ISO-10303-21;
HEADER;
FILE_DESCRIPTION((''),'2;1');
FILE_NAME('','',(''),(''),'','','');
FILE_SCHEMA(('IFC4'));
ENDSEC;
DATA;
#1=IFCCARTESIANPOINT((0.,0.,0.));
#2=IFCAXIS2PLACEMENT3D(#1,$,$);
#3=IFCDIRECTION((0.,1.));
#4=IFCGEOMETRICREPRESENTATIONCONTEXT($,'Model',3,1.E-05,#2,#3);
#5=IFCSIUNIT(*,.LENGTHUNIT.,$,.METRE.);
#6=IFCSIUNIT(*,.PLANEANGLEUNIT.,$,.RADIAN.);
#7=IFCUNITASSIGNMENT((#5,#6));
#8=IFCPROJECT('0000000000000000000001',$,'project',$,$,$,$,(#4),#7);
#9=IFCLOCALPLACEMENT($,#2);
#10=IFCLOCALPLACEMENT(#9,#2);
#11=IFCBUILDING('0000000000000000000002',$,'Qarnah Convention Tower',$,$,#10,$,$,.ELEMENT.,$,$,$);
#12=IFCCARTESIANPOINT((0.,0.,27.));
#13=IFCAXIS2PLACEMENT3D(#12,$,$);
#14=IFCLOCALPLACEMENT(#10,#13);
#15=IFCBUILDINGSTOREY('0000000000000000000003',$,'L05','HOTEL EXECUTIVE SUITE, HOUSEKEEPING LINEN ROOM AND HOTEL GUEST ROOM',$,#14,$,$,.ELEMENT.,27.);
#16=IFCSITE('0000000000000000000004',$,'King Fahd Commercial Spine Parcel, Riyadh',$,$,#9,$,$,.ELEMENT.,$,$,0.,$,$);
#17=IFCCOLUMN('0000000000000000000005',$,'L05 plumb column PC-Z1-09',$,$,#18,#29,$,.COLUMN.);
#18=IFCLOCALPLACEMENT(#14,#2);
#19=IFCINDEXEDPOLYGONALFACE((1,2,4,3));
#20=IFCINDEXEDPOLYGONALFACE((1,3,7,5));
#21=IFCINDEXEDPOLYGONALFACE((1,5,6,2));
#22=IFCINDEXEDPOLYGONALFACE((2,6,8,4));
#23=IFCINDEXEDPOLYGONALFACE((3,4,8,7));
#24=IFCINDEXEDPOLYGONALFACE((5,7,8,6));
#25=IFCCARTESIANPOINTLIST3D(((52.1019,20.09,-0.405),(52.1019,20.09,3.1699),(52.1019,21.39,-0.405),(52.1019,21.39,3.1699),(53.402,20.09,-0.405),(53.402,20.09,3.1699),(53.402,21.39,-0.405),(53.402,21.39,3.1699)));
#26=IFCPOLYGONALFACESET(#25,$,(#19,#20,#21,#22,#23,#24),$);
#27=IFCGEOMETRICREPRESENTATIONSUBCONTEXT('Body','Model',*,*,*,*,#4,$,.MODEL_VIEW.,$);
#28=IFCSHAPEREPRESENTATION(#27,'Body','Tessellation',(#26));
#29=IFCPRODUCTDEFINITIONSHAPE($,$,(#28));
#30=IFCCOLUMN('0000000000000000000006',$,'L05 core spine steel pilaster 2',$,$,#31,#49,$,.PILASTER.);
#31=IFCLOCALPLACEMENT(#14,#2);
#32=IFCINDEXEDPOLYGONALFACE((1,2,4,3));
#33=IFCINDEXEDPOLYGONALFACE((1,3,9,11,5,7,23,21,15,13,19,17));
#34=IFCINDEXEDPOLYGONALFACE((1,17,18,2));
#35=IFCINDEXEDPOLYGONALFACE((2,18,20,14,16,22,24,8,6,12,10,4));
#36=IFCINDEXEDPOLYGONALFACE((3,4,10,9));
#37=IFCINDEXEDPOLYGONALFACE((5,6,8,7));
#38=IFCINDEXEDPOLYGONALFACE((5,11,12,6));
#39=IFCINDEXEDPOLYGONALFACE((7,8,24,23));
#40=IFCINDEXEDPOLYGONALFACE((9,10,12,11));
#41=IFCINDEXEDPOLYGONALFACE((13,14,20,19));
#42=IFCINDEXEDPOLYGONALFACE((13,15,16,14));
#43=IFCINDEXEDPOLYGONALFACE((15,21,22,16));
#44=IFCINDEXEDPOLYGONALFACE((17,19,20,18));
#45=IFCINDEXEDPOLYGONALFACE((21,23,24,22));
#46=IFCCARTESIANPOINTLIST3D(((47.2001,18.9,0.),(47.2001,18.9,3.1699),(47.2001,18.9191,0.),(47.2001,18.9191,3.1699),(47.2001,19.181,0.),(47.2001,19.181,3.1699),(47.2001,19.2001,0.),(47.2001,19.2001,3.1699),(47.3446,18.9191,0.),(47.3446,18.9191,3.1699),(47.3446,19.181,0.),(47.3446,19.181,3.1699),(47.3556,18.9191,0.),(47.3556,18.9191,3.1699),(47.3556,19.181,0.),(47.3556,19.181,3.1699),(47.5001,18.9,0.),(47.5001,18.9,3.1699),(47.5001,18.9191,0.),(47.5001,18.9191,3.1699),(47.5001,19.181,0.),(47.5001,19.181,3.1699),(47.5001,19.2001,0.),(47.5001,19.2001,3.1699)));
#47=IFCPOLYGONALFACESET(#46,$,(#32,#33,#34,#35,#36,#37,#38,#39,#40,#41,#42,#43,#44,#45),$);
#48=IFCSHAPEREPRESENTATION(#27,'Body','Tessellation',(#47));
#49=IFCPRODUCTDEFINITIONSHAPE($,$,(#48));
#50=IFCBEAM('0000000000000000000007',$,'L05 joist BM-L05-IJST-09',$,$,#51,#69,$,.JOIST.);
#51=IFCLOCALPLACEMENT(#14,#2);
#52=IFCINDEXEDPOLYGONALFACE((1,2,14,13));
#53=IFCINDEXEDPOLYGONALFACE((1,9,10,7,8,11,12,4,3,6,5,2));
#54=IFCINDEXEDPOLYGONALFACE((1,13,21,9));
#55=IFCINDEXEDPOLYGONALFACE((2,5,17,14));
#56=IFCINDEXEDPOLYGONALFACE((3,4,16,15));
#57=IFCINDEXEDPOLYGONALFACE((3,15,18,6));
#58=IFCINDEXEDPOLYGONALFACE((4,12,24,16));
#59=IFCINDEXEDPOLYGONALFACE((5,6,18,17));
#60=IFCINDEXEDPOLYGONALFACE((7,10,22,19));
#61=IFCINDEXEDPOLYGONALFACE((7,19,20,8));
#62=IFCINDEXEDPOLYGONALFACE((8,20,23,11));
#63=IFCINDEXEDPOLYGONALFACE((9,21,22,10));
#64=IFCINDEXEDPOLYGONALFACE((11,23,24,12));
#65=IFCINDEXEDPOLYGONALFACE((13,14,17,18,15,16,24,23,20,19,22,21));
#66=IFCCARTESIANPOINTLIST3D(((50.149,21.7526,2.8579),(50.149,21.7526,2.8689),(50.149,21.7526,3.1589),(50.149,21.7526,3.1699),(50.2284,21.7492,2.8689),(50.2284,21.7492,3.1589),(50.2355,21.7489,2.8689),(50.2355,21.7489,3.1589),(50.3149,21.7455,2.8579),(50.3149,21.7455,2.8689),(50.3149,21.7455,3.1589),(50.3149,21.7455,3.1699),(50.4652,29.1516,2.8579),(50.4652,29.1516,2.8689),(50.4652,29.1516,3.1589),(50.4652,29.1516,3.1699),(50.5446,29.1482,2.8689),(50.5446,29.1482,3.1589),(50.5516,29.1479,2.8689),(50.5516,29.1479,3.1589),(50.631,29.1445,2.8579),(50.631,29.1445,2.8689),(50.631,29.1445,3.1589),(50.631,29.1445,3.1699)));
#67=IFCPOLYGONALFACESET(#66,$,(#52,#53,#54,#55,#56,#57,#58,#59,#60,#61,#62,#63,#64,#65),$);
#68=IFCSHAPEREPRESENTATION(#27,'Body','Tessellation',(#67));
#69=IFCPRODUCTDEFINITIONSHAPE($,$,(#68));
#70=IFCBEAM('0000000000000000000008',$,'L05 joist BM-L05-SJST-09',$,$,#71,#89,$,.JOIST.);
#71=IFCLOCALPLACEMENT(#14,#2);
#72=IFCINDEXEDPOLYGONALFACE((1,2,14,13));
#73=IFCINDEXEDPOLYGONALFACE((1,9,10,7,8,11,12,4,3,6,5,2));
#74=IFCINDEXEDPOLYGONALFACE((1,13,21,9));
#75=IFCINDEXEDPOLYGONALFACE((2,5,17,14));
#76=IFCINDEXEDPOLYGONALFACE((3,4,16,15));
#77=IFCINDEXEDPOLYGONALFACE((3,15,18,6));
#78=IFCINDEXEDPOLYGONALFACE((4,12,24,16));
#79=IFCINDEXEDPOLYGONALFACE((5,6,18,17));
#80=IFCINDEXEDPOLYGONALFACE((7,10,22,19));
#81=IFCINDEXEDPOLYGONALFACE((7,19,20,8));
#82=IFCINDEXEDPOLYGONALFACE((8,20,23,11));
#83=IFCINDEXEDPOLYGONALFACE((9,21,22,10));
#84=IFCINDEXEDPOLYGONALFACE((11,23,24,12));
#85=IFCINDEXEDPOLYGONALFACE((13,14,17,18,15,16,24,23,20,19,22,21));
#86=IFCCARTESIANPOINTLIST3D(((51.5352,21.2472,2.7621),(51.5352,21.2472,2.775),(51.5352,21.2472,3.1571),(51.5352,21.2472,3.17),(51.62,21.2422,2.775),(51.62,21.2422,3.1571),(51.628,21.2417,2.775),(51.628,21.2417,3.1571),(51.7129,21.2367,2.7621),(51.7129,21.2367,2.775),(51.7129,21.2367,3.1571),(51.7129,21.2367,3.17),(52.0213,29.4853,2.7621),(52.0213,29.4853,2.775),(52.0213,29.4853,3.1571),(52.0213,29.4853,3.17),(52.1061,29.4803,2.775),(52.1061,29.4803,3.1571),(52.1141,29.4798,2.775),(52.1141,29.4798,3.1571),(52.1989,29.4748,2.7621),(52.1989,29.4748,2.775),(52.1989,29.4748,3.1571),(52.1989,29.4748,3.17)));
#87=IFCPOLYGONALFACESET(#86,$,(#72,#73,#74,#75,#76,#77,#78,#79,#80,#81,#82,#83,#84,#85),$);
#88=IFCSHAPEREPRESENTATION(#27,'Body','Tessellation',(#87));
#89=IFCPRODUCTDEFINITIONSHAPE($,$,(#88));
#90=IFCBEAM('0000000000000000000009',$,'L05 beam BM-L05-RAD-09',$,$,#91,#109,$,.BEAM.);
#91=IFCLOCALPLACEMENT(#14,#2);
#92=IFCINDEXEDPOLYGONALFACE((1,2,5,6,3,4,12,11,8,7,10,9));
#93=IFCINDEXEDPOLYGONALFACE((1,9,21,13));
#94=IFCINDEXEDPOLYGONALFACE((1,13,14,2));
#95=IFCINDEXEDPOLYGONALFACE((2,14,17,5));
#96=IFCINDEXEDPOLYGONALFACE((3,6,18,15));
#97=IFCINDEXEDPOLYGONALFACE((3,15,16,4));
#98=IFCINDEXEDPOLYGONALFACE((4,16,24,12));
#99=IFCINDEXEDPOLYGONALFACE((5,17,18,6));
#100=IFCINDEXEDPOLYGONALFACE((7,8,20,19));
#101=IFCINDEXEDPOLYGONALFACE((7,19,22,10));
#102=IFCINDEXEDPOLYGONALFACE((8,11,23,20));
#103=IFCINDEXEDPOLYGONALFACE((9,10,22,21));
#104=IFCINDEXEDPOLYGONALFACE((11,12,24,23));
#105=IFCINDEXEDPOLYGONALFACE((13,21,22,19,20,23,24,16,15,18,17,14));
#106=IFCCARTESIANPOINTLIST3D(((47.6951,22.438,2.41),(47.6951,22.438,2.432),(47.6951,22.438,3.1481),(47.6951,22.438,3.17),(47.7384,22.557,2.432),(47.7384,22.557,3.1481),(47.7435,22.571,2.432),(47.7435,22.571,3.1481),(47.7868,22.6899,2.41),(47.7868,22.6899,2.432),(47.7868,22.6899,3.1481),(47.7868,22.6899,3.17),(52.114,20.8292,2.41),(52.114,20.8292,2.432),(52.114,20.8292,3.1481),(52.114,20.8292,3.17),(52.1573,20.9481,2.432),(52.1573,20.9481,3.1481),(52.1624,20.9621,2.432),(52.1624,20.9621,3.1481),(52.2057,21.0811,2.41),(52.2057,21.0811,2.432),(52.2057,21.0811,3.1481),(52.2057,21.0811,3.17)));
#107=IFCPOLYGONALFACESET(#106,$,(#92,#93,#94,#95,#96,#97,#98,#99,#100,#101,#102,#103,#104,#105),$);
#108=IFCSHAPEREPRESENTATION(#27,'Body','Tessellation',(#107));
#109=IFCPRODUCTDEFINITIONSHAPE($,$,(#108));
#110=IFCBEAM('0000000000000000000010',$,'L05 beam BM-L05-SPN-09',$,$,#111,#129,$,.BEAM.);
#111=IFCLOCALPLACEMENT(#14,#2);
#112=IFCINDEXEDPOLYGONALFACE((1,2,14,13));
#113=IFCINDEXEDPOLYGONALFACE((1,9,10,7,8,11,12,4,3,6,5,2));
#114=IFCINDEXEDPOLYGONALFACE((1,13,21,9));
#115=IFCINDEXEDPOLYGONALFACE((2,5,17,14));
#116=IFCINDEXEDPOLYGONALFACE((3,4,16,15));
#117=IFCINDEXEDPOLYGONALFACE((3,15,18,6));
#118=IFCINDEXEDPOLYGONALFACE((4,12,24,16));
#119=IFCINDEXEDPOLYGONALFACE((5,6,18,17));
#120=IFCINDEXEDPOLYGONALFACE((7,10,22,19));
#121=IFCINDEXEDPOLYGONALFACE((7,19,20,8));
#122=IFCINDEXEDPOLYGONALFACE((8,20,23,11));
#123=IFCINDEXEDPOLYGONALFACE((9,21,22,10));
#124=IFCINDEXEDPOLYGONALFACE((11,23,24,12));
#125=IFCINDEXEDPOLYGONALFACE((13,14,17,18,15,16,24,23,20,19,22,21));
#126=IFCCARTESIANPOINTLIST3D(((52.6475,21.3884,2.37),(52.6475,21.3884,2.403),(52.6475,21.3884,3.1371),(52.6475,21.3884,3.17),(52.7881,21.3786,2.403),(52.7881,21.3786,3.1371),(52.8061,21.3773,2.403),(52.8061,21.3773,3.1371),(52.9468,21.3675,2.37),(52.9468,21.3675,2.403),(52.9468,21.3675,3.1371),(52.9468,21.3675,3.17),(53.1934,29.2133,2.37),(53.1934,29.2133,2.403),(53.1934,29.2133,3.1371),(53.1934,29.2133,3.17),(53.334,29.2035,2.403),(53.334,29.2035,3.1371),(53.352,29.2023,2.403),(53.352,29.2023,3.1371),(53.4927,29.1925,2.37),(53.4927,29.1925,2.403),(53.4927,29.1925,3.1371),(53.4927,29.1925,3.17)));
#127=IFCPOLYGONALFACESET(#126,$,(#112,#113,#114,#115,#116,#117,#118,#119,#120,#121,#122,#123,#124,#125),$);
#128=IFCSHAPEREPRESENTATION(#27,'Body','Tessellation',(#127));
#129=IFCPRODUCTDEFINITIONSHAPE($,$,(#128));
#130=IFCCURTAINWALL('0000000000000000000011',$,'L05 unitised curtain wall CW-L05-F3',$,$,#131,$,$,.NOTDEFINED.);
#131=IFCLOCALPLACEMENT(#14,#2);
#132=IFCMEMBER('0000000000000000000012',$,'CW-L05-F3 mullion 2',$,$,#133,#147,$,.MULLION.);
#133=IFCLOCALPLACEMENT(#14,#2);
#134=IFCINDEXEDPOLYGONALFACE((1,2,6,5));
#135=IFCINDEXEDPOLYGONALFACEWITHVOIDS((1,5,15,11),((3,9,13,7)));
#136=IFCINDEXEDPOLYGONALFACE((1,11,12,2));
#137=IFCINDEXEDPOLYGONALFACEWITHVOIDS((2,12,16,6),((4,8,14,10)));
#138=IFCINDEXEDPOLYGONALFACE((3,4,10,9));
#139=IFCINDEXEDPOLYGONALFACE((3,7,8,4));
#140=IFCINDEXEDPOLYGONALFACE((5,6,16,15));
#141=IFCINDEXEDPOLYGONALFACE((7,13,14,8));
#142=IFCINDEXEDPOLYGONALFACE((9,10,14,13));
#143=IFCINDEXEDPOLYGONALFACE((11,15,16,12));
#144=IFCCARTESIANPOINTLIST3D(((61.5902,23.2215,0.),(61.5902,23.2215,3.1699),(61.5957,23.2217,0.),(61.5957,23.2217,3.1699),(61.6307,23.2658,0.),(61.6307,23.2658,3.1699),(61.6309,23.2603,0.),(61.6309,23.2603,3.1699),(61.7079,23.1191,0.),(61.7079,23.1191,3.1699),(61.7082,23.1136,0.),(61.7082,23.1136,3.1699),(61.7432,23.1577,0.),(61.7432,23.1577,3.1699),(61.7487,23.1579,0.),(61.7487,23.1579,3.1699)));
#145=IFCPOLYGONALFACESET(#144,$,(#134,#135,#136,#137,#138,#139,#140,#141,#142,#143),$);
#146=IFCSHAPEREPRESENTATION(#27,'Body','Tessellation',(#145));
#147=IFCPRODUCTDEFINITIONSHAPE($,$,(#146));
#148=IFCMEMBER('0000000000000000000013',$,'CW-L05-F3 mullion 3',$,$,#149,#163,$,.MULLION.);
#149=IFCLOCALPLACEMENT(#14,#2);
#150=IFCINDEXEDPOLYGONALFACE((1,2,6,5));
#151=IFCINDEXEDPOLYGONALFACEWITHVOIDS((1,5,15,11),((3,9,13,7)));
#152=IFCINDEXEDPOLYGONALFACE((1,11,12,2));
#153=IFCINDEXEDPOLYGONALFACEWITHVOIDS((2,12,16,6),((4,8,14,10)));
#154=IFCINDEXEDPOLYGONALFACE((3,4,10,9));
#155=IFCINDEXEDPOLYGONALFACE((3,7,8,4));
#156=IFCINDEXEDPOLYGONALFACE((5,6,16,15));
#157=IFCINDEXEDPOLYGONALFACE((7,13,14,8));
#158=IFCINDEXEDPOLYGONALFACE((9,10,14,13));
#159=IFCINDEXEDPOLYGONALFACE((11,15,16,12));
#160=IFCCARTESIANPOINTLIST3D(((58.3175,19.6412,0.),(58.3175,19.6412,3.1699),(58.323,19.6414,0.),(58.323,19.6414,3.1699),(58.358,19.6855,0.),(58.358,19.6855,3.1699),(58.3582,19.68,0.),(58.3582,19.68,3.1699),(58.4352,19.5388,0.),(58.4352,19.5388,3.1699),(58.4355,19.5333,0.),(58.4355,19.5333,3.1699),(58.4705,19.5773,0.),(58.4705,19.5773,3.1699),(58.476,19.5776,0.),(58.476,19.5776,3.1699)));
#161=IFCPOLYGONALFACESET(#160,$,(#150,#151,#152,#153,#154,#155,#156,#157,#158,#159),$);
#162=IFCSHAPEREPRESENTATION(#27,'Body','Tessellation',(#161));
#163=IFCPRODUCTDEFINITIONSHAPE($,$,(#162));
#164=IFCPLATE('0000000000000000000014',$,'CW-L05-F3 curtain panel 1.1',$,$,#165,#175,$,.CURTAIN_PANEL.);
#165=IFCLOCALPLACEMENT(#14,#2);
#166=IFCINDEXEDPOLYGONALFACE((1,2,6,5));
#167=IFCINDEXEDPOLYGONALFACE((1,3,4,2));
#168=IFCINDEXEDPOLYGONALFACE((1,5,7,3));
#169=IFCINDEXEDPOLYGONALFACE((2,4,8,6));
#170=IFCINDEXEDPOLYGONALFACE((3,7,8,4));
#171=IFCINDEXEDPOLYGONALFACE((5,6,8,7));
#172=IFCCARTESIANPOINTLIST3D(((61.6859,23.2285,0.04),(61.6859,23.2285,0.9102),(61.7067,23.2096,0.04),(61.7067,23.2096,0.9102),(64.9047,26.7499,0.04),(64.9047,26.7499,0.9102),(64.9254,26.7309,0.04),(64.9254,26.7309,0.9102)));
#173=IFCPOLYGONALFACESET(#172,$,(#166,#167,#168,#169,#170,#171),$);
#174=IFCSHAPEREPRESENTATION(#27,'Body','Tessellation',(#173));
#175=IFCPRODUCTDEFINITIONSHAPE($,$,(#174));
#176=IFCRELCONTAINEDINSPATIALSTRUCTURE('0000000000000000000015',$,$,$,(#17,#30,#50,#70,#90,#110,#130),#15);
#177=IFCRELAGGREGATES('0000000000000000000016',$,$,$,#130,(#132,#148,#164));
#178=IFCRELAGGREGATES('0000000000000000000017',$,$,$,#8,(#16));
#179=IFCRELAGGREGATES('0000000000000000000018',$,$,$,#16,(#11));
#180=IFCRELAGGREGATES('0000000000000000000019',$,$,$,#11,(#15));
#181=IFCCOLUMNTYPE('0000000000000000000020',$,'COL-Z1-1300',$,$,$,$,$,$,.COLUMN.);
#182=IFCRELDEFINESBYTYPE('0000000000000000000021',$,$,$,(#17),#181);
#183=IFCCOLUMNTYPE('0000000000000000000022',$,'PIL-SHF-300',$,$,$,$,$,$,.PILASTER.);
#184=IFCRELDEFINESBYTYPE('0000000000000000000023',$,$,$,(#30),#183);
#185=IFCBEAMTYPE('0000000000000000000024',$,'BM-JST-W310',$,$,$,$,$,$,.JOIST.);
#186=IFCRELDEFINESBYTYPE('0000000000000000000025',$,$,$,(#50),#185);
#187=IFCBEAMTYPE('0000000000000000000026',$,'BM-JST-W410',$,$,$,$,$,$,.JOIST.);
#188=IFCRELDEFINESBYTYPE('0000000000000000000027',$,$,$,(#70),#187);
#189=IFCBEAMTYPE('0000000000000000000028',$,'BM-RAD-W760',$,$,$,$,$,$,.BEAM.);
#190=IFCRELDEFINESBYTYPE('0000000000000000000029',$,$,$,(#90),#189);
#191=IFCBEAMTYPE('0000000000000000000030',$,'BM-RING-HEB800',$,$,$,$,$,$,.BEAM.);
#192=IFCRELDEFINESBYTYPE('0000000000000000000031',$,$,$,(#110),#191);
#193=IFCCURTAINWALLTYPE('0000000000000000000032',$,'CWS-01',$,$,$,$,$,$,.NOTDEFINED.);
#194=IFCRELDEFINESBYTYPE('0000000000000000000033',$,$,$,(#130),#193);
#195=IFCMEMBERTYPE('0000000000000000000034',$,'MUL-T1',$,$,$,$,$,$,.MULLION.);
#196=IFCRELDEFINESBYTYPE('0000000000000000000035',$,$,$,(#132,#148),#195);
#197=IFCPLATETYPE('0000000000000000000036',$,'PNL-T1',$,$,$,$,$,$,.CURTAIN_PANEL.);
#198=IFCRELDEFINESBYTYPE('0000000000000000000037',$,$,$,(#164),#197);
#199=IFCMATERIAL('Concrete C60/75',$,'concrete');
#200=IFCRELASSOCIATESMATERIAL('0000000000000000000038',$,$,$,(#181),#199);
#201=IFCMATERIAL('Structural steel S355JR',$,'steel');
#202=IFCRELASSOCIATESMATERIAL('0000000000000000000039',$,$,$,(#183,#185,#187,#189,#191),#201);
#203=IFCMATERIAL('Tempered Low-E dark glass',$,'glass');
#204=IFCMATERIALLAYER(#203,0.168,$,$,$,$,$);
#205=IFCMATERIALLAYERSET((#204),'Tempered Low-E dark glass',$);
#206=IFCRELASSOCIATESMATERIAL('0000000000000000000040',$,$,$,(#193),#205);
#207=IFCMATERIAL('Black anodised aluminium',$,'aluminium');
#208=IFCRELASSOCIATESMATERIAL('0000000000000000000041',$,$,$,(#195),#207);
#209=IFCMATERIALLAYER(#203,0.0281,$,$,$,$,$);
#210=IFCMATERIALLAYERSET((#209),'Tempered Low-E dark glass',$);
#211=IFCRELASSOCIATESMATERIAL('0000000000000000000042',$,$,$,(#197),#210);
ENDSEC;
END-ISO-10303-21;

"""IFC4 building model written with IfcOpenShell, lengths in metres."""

from ifc_helpers import new_model, si_unit, direction, frame, origin, origin_2d, place, context, subcontext, project, spatial, rectangle, hollow_rectangle, i_section, extrude, material, layer, layer_set, material_profile, profile_set, type_object, element, aggregate, save


model = new_model("IFC4")

# Units and contexts
model_context = context("Model", 3, precision=1e-05, world=origin(), true_north=direction((0.0, 1.0)))
body_context = subcontext(model_context, "Body", "Model", "MODEL_VIEW")
ifc_project = project(units=[si_unit("LENGTHUNIT", "METRE"), si_unit("PLANEANGLEUNIT", "RADIAN")], contexts=[model_context])

# Site, building, storey
site_placement = place(None, origin())
site = spatial("IfcSite", under=ifc_project, at=site_placement, Name="King Fahd Commercial Spine Parcel, Riyadh", CompositionType="ELEMENT", RefElevation=0.0)
building_placement = place(site_placement, origin())
building = spatial("IfcBuilding", under=site, at=building_placement, Name="Qarnah Convention Tower", CompositionType="ELEMENT")
storey_placement = place(building_placement, frame((0.0, 0.0, 27.0)))
storey = spatial("IfcBuildingStorey", under=building, at=storey_placement, Name="L05", Description="HOTEL EXECUTIVE SUITE, HOUSEKEEPING LINEN ROOM AND HOTEL GUEST ROOM", CompositionType="ELEMENT", Elevation=27.0)

# Columns
ifc_material_1 = material(Name="Concrete C60/75", Category="concrete")
ifc_material_profile_1 = material_profile(ifc_material_1, rectangle(XDim=1.3, YDim=1.3, at=origin_2d()), Name="RC-COL-1300X1300")
ifc_profile_set_1 = profile_set([ifc_material_profile_1], Name="Concrete C60/75")
column_type_1 = type_object("IfcColumnType", Name="COL-Z1-1300", PredefinedType="COLUMN", material=ifc_profile_set_1)
column_1_placement = place(storey_placement, frame((52.752, 20.74, -0.405), z_axis=(0.0, 0.0, 1.0), x_axis=(1.0, 0.0, 0.0)))
element("IfcColumn", 1, at=column_1_placement, inside=storey, type_object=column_type_1, Name="L05 plumb column PC-Z1-09", PredefinedType="COLUMN", context=body_context, shape_type="SweptSolid", body=[
    extrude(rectangle(XDim=1.3, YDim=1.3, at=origin_2d()), origin(), (0.0, 0.0, 1.0), 3.575),
])
ifc_material_2 = material(Name="Structural steel S355JR", Category="steel")
ifc_material_profile_2 = material_profile(ifc_material_2, i_section(OverallWidth=0.3, OverallDepth=0.3, WebThickness=0.011, FlangeThickness=0.019, at=origin_2d()), Name="HEB300")
ifc_profile_set_2 = profile_set([ifc_material_profile_2], Name="Structural steel S355JR")
column_type_2 = type_object("IfcColumnType", Name="PIL-SHF-300", PredefinedType="PILASTER", material=ifc_profile_set_2)
column_2_placement = place(storey_placement, frame((47.3501, 19.05, 0.0), z_axis=(0.0, 0.0, 1.0), x_axis=(1.0, 0.0, 0.0)))
element("IfcColumn", 2, at=column_2_placement, inside=storey, type_object=column_type_2, Name="L05 core spine steel pilaster 2", PredefinedType="PILASTER", context=body_context, shape_type="SweptSolid", body=[
    extrude(i_section(OverallWidth=0.3, OverallDepth=0.3, WebThickness=0.011, FlangeThickness=0.019, at=origin_2d()), origin(), (0.0, 0.0, 1.0), 3.1699),
])

# Beams
ifc_material_profile_3 = material_profile(ifc_material_2, i_section(OverallWidth=0.166, OverallDepth=0.312, WebThickness=0.0071, FlangeThickness=0.011, at=origin_2d()), Name="W310X45")
ifc_profile_set_3 = profile_set([ifc_material_profile_3], Name="Structural steel S355JR")
beam_type_1 = type_object("IfcBeamType", Name="BM-JST-W310", PredefinedType="JOIST", material=ifc_profile_set_3)
beam_1_placement = place(storey_placement, frame((50.2319, 21.749, 3.0139), z_axis=(0.042692, 0.999088, 0.0), x_axis=(-0.999088, 0.042692, 0.0)))
element("IfcBeam", 3, at=beam_1_placement, inside=storey, type_object=beam_type_1, Name="L05 joist BM-L05-IJST-09", PredefinedType="JOIST", context=body_context, shape_type="SweptSolid", body=[
    extrude(i_section(OverallWidth=0.166, OverallDepth=0.312, WebThickness=0.0071, FlangeThickness=0.011, at=origin_2d()), origin(), (0.0, 0.0, 1.0), 7.4058),
])
ifc_material_profile_4 = material_profile(ifc_material_2, i_section(OverallWidth=0.178, OverallDepth=0.408, WebThickness=0.0081, FlangeThickness=0.0129, at=origin_2d()), Name="W410X60")
ifc_profile_set_4 = profile_set([ifc_material_profile_4], Name="Structural steel S355JR")
beam_type_2 = type_object("IfcBeamType", Name="BM-JST-W410", PredefinedType="JOIST", material=ifc_profile_set_4)
beam_2_placement = place(storey_placement, frame((51.624, 21.2419, 2.9661), z_axis=(0.058902, 0.998264, 0.0), x_axis=(-0.998264, 0.058902, 0.0)))
element("IfcBeam", 4, at=beam_2_placement, inside=storey, type_object=beam_type_2, Name="L05 joist BM-L05-SJST-09", PredefinedType="JOIST", context=body_context, shape_type="SweptSolid", body=[
    extrude(i_section(OverallWidth=0.178, OverallDepth=0.408, WebThickness=0.0081, FlangeThickness=0.0129, at=origin_2d()), origin(), (0.0, 0.0, 1.0), 8.2524),
])
ifc_material_profile_5 = material_profile(ifc_material_2, i_section(OverallWidth=0.2681, OverallDepth=0.76, WebThickness=0.0149, FlangeThickness=0.022, at=origin_2d()), Name="W760X185")
ifc_profile_set_5 = profile_set([ifc_material_profile_5], Name="Structural steel S355JR")
beam_type_3 = type_object("IfcBeamType", Name="BM-RAD-W760", PredefinedType="BEAM", material=ifc_profile_set_5)
beam_3_placement = place(storey_placement, frame((47.741, 22.564, 2.79), z_axis=(0.939657, -0.342118, 0.0), x_axis=(0.342118, 0.939657, 0.0)))
element("IfcBeam", 5, at=beam_3_placement, inside=storey, type_object=beam_type_3, Name="L05 beam BM-L05-RAD-09", PredefinedType="BEAM", context=body_context, shape_type="SweptSolid", body=[
    extrude(i_section(OverallWidth=0.2681, OverallDepth=0.76, WebThickness=0.0149, FlangeThickness=0.022, at=origin_2d()), origin(), (0.0, 0.0, 1.0), 4.7026),
])
ifc_material_profile_6 = material_profile(ifc_material_2, i_section(OverallWidth=0.3, OverallDepth=0.8, WebThickness=0.0181, FlangeThickness=0.033, at=origin_2d()), Name="HEB800")
ifc_profile_set_6 = profile_set([ifc_material_profile_6], Name="Structural steel S355JR")
beam_type_4 = type_object("IfcBeamType", Name="BM-RING-HEB800", PredefinedType="BEAM", material=ifc_profile_set_6)
beam_4_placement = place(storey_placement, frame((52.7971, 21.3779, 2.77), z_axis=(0.069595, 0.997575, 0.0), x_axis=(-0.997575, 0.069595, 0.0)))
element("IfcBeam", 6, at=beam_4_placement, inside=storey, type_object=beam_type_4, Name="L05 beam BM-L05-SPN-09", PredefinedType="BEAM", context=body_context, shape_type="SweptSolid", body=[
    extrude(i_section(OverallWidth=0.3, OverallDepth=0.8, WebThickness=0.0181, FlangeThickness=0.033, at=origin_2d()), origin(), (0.0, 0.0, 1.0), 7.844),
])

# Curtain wall, members, plate
ifc_material_3 = material(Name="Tempered Low-E dark glass", Category="glass")
ifc_layer_1 = layer(ifc_material_3, 0.168)
ifc_layer_set_1 = layer_set([ifc_layer_1], Name="Tempered Low-E dark glass")
curtain_wall_type = type_object("IfcCurtainWallType", Name="CWS-01", PredefinedType="NOTDEFINED", material=ifc_layer_set_1)
curtain_wall_placement = place(storey_placement, origin())
curtain_wall = element("IfcCurtainWall", 7, at=curtain_wall_placement, inside=storey, type_object=curtain_wall_type, Name="L05 unitised curtain wall CW-L05-F3", PredefinedType="NOTDEFINED")
ifc_material_4 = material(Name="Black anodised aluminium", Category="aluminium")
ifc_material_profile_7 = material_profile(ifc_material_4, hollow_rectangle(XDim=0.0601, YDim=0.1599, WallThickness=0.0039, at=origin_2d()), Name="MUL-60X160")
ifc_profile_set_7 = profile_set([ifc_material_profile_7], Name="Black anodised aluminium")
member_type = type_object("IfcMemberType", Name="MUL-T1", PredefinedType="MULLION", material=ifc_profile_set_7)
member_1_placement = place(storey_placement, frame((61.6694, 23.1897, 0.0), z_axis=(0.0, 0.0, 1.0), x_axis=(-0.674682, -0.738109, 0.0)))
member_1 = element("IfcMember", 8, at=member_1_placement, type_object=member_type, Name="CW-L05-F3 mullion 2", PredefinedType="MULLION", context=body_context, shape_type="SweptSolid", body=[
    extrude(hollow_rectangle(XDim=0.0601, YDim=0.1599, WallThickness=0.0039, at=origin_2d()), origin(), (0.0, 0.0, 1.0), 3.1699),
])
member_2_placement = place(storey_placement, frame((58.3967, 19.6094, 0.0), z_axis=(0.0, 0.0, 1.0), x_axis=(-0.674682, -0.738109, 0.0)))
member_2 = element("IfcMember", 9, at=member_2_placement, type_object=member_type, Name="CW-L05-F3 mullion 3", PredefinedType="MULLION", context=body_context, shape_type="SweptSolid", body=[
    extrude(hollow_rectangle(XDim=0.0601, YDim=0.1599, WallThickness=0.0039, at=origin_2d()), origin(), (0.0, 0.0, 1.0), 3.1699),
])
ifc_layer_2 = layer(ifc_material_3, 0.0281)
ifc_layer_set_2 = layer_set([ifc_layer_2], Name="Tempered Low-E dark glass")
plate_type = type_object("IfcPlateType", Name="PNL-T1", PredefinedType="CURTAIN_PANEL", material=ifc_layer_set_2)
plate_1_placement = place(storey_placement, frame((63.3057, 24.9797, 0.04), z_axis=(0.0, 0.0, 1.0), x_axis=(-0.674682, -0.738109, 0.0)))
plate_1 = element("IfcPlate", 10, at=plate_1_placement, type_object=plate_type, Name="CW-L05-F3 curtain panel 1.1", PredefinedType="CURTAIN_PANEL", context=body_context, shape_type="SweptSolid", body=[
    extrude(rectangle(XDim=4.7708, YDim=0.0281, at=origin_2d()), origin(), (0.0, 0.0, 1.0), 0.8701),
])
aggregate(curtain_wall, [member_1, member_2, plate_1])

save(model, "model.ifc")
